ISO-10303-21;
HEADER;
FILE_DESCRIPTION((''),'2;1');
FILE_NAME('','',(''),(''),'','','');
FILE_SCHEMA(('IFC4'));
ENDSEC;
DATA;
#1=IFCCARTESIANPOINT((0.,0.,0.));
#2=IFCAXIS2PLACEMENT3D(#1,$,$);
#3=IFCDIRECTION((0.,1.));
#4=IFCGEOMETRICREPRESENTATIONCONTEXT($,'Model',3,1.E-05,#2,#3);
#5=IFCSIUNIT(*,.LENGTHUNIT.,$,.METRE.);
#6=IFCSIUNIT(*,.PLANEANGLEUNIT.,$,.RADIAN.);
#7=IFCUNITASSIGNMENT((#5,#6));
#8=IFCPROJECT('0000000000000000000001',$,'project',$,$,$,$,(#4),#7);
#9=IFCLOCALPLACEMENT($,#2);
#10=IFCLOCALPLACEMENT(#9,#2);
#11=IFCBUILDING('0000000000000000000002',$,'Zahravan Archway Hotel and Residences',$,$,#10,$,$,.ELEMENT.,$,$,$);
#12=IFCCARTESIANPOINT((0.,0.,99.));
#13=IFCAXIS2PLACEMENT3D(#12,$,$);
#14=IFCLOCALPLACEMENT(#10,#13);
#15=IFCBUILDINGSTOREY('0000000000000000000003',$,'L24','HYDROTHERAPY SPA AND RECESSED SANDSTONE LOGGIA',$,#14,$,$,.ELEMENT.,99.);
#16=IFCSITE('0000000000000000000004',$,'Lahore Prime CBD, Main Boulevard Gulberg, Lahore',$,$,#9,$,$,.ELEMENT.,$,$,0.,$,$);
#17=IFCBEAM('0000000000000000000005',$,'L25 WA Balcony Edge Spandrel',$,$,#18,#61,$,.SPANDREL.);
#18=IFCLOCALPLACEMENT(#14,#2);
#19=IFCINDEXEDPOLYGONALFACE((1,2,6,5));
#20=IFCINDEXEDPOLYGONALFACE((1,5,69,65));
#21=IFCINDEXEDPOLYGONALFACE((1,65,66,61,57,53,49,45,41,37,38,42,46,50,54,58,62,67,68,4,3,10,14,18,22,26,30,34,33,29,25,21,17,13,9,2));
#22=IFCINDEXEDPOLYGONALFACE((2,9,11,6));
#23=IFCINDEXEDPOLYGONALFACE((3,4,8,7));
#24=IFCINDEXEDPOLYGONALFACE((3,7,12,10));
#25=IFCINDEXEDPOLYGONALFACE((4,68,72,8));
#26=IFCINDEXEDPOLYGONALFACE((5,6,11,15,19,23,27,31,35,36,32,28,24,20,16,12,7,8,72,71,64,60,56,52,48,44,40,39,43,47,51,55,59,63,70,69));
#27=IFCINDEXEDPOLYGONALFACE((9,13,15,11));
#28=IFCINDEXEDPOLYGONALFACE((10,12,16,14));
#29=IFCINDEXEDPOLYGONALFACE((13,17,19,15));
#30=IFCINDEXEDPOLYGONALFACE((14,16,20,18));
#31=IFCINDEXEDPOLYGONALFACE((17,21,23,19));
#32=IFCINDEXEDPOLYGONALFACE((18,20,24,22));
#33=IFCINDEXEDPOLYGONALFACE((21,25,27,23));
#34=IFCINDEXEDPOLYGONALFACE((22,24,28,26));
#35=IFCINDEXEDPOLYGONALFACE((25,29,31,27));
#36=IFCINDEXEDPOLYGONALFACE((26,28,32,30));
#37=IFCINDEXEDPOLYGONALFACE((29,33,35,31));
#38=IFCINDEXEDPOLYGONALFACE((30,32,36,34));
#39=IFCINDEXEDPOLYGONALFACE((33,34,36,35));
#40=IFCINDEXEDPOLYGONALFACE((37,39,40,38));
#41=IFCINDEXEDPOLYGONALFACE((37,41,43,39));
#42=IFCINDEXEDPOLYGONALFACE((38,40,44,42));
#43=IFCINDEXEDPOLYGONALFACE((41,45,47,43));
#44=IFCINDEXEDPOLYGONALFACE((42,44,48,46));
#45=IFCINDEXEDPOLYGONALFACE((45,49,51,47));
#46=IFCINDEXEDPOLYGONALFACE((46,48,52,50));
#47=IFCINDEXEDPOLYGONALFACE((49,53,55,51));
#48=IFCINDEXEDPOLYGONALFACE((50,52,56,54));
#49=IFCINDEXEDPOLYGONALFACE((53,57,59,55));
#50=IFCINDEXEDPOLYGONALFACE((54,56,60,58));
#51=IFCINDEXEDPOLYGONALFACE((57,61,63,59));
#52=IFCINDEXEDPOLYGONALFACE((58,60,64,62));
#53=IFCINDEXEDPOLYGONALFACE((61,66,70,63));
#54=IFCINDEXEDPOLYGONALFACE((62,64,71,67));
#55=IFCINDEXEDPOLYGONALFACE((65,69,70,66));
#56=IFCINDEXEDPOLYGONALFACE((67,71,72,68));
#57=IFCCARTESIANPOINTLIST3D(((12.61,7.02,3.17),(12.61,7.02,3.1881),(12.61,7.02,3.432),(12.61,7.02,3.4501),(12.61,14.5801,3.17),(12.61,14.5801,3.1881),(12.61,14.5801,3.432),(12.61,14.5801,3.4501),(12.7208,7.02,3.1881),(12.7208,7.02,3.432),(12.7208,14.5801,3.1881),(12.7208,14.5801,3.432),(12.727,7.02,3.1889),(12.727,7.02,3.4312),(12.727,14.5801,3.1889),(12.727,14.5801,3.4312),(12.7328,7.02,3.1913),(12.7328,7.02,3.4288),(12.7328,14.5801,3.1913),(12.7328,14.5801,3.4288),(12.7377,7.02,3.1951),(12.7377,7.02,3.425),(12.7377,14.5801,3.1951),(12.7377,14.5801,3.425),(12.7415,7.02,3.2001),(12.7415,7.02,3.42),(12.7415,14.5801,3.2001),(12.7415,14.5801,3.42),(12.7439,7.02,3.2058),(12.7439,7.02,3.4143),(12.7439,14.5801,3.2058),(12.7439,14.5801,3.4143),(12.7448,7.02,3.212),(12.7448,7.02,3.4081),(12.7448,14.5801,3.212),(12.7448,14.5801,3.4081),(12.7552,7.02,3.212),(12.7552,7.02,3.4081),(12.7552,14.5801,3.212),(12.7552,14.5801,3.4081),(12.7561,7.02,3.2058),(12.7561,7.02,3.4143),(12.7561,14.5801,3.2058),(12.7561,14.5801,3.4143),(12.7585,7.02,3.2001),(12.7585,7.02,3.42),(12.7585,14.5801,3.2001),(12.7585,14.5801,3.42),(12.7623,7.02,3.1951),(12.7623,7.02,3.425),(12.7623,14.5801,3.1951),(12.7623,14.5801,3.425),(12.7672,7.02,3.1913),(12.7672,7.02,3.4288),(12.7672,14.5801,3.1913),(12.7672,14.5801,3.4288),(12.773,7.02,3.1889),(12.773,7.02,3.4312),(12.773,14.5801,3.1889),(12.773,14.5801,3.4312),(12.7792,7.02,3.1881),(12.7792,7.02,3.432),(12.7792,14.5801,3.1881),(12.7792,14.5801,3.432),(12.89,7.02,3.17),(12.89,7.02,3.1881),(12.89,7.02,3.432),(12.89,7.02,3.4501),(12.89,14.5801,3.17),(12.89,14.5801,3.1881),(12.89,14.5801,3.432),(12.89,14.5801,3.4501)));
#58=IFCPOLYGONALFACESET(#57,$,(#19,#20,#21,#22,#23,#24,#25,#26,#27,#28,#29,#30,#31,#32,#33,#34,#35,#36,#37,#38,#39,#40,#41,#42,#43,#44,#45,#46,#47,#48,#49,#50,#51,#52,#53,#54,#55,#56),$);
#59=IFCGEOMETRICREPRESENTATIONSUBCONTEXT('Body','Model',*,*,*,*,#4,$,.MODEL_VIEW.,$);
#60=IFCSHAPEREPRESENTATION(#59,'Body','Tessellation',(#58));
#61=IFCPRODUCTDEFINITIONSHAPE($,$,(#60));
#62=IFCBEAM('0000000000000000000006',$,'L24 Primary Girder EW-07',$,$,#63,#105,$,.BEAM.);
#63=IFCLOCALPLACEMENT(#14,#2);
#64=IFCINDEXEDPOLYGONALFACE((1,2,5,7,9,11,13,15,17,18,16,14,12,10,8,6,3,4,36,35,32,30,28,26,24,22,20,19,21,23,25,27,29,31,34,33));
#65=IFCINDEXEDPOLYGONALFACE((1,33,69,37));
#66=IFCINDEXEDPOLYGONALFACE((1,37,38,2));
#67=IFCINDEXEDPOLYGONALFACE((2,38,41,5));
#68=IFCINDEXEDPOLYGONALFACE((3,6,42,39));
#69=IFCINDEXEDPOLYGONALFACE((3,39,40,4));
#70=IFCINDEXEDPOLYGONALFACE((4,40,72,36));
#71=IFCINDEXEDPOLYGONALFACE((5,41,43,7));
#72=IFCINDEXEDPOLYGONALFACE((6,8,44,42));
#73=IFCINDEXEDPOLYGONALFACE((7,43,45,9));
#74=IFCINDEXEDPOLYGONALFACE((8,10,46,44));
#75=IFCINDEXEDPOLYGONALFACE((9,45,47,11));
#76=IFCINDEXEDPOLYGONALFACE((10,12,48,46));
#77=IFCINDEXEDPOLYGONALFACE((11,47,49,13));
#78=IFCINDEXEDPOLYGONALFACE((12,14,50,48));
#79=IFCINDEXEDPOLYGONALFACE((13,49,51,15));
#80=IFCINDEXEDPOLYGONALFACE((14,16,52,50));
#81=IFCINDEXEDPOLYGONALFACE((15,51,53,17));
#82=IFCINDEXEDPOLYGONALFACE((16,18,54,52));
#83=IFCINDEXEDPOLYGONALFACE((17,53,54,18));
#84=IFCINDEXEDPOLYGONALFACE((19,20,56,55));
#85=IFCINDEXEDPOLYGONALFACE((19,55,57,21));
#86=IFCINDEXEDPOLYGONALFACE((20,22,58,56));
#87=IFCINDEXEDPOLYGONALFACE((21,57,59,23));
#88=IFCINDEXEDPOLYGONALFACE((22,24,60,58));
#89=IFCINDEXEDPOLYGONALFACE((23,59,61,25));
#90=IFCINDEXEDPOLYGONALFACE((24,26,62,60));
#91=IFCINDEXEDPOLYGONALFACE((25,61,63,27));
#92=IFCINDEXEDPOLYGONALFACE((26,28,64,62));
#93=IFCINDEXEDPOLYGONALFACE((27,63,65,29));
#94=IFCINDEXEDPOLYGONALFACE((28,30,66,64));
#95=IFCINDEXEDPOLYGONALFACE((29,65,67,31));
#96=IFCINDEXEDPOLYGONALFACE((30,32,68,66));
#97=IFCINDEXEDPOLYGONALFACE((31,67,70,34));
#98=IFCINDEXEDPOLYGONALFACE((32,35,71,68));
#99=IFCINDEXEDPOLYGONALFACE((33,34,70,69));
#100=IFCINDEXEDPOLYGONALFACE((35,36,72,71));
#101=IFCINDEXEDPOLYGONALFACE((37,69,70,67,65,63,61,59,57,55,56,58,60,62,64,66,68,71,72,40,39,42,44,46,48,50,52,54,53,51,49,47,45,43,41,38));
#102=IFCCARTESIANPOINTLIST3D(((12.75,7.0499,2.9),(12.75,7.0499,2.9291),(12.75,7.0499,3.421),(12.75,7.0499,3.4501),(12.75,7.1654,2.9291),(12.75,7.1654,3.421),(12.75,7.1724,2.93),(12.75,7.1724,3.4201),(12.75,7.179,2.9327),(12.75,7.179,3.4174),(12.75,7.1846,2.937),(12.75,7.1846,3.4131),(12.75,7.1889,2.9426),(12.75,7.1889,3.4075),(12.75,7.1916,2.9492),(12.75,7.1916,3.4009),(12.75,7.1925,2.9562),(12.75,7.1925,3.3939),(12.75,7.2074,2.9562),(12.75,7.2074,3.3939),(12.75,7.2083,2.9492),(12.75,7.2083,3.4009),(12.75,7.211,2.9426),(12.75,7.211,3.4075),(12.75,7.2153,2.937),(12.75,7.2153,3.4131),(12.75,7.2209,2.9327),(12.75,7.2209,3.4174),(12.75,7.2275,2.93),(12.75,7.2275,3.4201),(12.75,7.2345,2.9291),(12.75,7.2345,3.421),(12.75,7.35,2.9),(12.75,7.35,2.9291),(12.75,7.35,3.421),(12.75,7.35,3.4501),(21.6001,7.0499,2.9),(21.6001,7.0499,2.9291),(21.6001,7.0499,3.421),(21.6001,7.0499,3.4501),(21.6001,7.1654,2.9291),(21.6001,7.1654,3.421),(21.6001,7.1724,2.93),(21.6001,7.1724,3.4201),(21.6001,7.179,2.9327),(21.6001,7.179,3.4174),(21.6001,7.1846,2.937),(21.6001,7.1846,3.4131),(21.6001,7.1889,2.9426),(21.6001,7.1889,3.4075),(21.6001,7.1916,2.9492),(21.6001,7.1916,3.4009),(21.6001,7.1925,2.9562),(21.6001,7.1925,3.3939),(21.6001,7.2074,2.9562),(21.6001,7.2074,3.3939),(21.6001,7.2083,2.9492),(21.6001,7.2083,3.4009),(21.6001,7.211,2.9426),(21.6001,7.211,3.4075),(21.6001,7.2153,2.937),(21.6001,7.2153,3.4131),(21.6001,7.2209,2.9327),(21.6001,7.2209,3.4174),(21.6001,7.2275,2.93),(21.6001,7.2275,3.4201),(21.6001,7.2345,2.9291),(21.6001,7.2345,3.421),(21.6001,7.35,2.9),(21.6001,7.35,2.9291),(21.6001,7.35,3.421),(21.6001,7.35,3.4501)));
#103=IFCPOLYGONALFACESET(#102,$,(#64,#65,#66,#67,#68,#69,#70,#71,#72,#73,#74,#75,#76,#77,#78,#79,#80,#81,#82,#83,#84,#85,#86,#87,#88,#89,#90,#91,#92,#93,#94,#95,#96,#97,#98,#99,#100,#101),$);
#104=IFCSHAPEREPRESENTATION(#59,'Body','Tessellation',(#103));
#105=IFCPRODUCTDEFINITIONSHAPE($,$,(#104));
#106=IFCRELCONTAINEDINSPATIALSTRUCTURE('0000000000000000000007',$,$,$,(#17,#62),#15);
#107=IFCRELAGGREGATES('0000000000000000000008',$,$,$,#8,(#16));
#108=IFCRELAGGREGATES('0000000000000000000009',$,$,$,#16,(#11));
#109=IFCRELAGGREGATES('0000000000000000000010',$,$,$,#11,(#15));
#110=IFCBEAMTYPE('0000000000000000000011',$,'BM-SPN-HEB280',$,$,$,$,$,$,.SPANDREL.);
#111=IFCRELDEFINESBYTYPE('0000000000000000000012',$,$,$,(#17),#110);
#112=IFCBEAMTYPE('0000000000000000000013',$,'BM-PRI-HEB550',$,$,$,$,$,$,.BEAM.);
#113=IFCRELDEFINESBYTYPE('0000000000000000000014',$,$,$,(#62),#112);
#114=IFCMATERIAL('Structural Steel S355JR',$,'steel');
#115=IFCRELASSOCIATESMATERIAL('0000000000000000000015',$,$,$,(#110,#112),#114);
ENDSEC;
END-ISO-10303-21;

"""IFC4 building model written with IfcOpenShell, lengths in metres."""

from ifc_helpers import new_model, si_unit, direction, frame, origin, origin_2d, place, context, subcontext, project, spatial, i_section, extrude, source, transform, mapped, material, material_profile, profile_set, type_object, type_shapes, element, save


model = new_model("IFC4")

# Units and contexts
model_context = context("Model", 3, precision=1e-05, world=origin(), true_north=direction((0.0, 1.0)))
body_context = subcontext(model_context, "Body", "Model", "MODEL_VIEW")
ifc_project = project(units=[si_unit("LENGTHUNIT", "METRE"), si_unit("PLANEANGLEUNIT", "RADIAN")], contexts=[model_context])

# Site, building, storey
site_placement = place(None, origin())
site = spatial("IfcSite", under=ifc_project, at=site_placement, Name="Lahore Prime CBD, Main Boulevard Gulberg, Lahore", CompositionType="ELEMENT", RefElevation=0.0)
building_placement = place(site_placement, origin())
building = spatial("IfcBuilding", under=site, at=building_placement, Name="Zahravan Archway Hotel and Residences", CompositionType="ELEMENT")
storey_placement = place(building_placement, frame((0.0, 0.0, 99.0)))
storey = spatial("IfcBuildingStorey", under=building, at=storey_placement, Name="L24", Description="HYDROTHERAPY SPA AND RECESSED SANDSTONE LOGGIA", CompositionType="ELEMENT", Elevation=99.0)

# Beams
ifc_material_1 = material(Name="Structural Steel S355JR", Category="steel")
ifc_material_profile_1 = material_profile(ifc_material_1, i_section(OverallWidth=0.28, OverallDepth=0.28, WebThickness=0.0105, FlangeThickness=0.0181, FilletRadius=0.0239, at=origin_2d()), Name="HEB 280", Category="steel")
ifc_profile_set_1 = profile_set([ifc_material_profile_1], Name="Structural Steel S355JR")
beam_type_1 = type_object("IfcBeamType", Name="BM-SPN-HEB280", PredefinedType="SPANDREL", material=ifc_profile_set_1)
shared_shape_1 = source(origin(), body_context, "Body", "SweptSolid", [
    extrude(i_section(OverallWidth=0.28, OverallDepth=0.28, WebThickness=0.0105, FlangeThickness=0.0181, FilletRadius=0.0239, at=origin_2d()), origin(), (0.0, 0.0, 1.0), 7.5601),
])
type_shapes(beam_type_1, [shared_shape_1])
beam_1_placement = place(storey_placement, frame((12.75, 7.02, 3.3101), z_axis=(0.0, 1.0, 0.0), x_axis=(-1.0, 0.0, 0.0)))
element("IfcBeam", 1, at=beam_1_placement, inside=storey, type_object=beam_type_1, Name="L25 WA Balcony Edge Spandrel", PredefinedType="SPANDREL", context=body_context, shape_type="MappedRepresentation", body=[
    mapped(shared_shape_1, transform((0.0, 0.0, 0.0), scale=1.0)),
])
ifc_material_profile_2 = material_profile(ifc_material_1, i_section(OverallWidth=0.3, OverallDepth=0.55, WebThickness=0.0149, FlangeThickness=0.0291, FilletRadius=0.0271, at=origin_2d()), Name="HEB 550", Category="steel")
ifc_profile_set_2 = profile_set([ifc_material_profile_2], Name="Structural Steel S355JR")
beam_type_2 = type_object("IfcBeamType", Name="BM-PRI-HEB550", PredefinedType="BEAM", material=ifc_profile_set_2)
shared_shape_2 = source(origin(), body_context, "Body", "SweptSolid", [
    extrude(i_section(OverallWidth=0.3, OverallDepth=0.55, WebThickness=0.0149, FlangeThickness=0.0291, FilletRadius=0.0271, at=origin_2d()), origin(), (0.0, 0.0, 1.0), 8.8501),
])
beam_2_placement = place(storey_placement, frame((12.75, 7.2, 3.175), z_axis=(1.0, 0.0, 0.0), x_axis=(0.0, 1.0, 0.0)))
element("IfcBeam", 2, at=beam_2_placement, inside=storey, type_object=beam_type_2, Name="L24 Primary Girder EW-07", PredefinedType="BEAM", context=body_context, shape_type="MappedRepresentation", body=[
    mapped(shared_shape_2, transform((0.0, 0.0, 0.0), scale=1.0)),
])

save(model, "model.ifc")
